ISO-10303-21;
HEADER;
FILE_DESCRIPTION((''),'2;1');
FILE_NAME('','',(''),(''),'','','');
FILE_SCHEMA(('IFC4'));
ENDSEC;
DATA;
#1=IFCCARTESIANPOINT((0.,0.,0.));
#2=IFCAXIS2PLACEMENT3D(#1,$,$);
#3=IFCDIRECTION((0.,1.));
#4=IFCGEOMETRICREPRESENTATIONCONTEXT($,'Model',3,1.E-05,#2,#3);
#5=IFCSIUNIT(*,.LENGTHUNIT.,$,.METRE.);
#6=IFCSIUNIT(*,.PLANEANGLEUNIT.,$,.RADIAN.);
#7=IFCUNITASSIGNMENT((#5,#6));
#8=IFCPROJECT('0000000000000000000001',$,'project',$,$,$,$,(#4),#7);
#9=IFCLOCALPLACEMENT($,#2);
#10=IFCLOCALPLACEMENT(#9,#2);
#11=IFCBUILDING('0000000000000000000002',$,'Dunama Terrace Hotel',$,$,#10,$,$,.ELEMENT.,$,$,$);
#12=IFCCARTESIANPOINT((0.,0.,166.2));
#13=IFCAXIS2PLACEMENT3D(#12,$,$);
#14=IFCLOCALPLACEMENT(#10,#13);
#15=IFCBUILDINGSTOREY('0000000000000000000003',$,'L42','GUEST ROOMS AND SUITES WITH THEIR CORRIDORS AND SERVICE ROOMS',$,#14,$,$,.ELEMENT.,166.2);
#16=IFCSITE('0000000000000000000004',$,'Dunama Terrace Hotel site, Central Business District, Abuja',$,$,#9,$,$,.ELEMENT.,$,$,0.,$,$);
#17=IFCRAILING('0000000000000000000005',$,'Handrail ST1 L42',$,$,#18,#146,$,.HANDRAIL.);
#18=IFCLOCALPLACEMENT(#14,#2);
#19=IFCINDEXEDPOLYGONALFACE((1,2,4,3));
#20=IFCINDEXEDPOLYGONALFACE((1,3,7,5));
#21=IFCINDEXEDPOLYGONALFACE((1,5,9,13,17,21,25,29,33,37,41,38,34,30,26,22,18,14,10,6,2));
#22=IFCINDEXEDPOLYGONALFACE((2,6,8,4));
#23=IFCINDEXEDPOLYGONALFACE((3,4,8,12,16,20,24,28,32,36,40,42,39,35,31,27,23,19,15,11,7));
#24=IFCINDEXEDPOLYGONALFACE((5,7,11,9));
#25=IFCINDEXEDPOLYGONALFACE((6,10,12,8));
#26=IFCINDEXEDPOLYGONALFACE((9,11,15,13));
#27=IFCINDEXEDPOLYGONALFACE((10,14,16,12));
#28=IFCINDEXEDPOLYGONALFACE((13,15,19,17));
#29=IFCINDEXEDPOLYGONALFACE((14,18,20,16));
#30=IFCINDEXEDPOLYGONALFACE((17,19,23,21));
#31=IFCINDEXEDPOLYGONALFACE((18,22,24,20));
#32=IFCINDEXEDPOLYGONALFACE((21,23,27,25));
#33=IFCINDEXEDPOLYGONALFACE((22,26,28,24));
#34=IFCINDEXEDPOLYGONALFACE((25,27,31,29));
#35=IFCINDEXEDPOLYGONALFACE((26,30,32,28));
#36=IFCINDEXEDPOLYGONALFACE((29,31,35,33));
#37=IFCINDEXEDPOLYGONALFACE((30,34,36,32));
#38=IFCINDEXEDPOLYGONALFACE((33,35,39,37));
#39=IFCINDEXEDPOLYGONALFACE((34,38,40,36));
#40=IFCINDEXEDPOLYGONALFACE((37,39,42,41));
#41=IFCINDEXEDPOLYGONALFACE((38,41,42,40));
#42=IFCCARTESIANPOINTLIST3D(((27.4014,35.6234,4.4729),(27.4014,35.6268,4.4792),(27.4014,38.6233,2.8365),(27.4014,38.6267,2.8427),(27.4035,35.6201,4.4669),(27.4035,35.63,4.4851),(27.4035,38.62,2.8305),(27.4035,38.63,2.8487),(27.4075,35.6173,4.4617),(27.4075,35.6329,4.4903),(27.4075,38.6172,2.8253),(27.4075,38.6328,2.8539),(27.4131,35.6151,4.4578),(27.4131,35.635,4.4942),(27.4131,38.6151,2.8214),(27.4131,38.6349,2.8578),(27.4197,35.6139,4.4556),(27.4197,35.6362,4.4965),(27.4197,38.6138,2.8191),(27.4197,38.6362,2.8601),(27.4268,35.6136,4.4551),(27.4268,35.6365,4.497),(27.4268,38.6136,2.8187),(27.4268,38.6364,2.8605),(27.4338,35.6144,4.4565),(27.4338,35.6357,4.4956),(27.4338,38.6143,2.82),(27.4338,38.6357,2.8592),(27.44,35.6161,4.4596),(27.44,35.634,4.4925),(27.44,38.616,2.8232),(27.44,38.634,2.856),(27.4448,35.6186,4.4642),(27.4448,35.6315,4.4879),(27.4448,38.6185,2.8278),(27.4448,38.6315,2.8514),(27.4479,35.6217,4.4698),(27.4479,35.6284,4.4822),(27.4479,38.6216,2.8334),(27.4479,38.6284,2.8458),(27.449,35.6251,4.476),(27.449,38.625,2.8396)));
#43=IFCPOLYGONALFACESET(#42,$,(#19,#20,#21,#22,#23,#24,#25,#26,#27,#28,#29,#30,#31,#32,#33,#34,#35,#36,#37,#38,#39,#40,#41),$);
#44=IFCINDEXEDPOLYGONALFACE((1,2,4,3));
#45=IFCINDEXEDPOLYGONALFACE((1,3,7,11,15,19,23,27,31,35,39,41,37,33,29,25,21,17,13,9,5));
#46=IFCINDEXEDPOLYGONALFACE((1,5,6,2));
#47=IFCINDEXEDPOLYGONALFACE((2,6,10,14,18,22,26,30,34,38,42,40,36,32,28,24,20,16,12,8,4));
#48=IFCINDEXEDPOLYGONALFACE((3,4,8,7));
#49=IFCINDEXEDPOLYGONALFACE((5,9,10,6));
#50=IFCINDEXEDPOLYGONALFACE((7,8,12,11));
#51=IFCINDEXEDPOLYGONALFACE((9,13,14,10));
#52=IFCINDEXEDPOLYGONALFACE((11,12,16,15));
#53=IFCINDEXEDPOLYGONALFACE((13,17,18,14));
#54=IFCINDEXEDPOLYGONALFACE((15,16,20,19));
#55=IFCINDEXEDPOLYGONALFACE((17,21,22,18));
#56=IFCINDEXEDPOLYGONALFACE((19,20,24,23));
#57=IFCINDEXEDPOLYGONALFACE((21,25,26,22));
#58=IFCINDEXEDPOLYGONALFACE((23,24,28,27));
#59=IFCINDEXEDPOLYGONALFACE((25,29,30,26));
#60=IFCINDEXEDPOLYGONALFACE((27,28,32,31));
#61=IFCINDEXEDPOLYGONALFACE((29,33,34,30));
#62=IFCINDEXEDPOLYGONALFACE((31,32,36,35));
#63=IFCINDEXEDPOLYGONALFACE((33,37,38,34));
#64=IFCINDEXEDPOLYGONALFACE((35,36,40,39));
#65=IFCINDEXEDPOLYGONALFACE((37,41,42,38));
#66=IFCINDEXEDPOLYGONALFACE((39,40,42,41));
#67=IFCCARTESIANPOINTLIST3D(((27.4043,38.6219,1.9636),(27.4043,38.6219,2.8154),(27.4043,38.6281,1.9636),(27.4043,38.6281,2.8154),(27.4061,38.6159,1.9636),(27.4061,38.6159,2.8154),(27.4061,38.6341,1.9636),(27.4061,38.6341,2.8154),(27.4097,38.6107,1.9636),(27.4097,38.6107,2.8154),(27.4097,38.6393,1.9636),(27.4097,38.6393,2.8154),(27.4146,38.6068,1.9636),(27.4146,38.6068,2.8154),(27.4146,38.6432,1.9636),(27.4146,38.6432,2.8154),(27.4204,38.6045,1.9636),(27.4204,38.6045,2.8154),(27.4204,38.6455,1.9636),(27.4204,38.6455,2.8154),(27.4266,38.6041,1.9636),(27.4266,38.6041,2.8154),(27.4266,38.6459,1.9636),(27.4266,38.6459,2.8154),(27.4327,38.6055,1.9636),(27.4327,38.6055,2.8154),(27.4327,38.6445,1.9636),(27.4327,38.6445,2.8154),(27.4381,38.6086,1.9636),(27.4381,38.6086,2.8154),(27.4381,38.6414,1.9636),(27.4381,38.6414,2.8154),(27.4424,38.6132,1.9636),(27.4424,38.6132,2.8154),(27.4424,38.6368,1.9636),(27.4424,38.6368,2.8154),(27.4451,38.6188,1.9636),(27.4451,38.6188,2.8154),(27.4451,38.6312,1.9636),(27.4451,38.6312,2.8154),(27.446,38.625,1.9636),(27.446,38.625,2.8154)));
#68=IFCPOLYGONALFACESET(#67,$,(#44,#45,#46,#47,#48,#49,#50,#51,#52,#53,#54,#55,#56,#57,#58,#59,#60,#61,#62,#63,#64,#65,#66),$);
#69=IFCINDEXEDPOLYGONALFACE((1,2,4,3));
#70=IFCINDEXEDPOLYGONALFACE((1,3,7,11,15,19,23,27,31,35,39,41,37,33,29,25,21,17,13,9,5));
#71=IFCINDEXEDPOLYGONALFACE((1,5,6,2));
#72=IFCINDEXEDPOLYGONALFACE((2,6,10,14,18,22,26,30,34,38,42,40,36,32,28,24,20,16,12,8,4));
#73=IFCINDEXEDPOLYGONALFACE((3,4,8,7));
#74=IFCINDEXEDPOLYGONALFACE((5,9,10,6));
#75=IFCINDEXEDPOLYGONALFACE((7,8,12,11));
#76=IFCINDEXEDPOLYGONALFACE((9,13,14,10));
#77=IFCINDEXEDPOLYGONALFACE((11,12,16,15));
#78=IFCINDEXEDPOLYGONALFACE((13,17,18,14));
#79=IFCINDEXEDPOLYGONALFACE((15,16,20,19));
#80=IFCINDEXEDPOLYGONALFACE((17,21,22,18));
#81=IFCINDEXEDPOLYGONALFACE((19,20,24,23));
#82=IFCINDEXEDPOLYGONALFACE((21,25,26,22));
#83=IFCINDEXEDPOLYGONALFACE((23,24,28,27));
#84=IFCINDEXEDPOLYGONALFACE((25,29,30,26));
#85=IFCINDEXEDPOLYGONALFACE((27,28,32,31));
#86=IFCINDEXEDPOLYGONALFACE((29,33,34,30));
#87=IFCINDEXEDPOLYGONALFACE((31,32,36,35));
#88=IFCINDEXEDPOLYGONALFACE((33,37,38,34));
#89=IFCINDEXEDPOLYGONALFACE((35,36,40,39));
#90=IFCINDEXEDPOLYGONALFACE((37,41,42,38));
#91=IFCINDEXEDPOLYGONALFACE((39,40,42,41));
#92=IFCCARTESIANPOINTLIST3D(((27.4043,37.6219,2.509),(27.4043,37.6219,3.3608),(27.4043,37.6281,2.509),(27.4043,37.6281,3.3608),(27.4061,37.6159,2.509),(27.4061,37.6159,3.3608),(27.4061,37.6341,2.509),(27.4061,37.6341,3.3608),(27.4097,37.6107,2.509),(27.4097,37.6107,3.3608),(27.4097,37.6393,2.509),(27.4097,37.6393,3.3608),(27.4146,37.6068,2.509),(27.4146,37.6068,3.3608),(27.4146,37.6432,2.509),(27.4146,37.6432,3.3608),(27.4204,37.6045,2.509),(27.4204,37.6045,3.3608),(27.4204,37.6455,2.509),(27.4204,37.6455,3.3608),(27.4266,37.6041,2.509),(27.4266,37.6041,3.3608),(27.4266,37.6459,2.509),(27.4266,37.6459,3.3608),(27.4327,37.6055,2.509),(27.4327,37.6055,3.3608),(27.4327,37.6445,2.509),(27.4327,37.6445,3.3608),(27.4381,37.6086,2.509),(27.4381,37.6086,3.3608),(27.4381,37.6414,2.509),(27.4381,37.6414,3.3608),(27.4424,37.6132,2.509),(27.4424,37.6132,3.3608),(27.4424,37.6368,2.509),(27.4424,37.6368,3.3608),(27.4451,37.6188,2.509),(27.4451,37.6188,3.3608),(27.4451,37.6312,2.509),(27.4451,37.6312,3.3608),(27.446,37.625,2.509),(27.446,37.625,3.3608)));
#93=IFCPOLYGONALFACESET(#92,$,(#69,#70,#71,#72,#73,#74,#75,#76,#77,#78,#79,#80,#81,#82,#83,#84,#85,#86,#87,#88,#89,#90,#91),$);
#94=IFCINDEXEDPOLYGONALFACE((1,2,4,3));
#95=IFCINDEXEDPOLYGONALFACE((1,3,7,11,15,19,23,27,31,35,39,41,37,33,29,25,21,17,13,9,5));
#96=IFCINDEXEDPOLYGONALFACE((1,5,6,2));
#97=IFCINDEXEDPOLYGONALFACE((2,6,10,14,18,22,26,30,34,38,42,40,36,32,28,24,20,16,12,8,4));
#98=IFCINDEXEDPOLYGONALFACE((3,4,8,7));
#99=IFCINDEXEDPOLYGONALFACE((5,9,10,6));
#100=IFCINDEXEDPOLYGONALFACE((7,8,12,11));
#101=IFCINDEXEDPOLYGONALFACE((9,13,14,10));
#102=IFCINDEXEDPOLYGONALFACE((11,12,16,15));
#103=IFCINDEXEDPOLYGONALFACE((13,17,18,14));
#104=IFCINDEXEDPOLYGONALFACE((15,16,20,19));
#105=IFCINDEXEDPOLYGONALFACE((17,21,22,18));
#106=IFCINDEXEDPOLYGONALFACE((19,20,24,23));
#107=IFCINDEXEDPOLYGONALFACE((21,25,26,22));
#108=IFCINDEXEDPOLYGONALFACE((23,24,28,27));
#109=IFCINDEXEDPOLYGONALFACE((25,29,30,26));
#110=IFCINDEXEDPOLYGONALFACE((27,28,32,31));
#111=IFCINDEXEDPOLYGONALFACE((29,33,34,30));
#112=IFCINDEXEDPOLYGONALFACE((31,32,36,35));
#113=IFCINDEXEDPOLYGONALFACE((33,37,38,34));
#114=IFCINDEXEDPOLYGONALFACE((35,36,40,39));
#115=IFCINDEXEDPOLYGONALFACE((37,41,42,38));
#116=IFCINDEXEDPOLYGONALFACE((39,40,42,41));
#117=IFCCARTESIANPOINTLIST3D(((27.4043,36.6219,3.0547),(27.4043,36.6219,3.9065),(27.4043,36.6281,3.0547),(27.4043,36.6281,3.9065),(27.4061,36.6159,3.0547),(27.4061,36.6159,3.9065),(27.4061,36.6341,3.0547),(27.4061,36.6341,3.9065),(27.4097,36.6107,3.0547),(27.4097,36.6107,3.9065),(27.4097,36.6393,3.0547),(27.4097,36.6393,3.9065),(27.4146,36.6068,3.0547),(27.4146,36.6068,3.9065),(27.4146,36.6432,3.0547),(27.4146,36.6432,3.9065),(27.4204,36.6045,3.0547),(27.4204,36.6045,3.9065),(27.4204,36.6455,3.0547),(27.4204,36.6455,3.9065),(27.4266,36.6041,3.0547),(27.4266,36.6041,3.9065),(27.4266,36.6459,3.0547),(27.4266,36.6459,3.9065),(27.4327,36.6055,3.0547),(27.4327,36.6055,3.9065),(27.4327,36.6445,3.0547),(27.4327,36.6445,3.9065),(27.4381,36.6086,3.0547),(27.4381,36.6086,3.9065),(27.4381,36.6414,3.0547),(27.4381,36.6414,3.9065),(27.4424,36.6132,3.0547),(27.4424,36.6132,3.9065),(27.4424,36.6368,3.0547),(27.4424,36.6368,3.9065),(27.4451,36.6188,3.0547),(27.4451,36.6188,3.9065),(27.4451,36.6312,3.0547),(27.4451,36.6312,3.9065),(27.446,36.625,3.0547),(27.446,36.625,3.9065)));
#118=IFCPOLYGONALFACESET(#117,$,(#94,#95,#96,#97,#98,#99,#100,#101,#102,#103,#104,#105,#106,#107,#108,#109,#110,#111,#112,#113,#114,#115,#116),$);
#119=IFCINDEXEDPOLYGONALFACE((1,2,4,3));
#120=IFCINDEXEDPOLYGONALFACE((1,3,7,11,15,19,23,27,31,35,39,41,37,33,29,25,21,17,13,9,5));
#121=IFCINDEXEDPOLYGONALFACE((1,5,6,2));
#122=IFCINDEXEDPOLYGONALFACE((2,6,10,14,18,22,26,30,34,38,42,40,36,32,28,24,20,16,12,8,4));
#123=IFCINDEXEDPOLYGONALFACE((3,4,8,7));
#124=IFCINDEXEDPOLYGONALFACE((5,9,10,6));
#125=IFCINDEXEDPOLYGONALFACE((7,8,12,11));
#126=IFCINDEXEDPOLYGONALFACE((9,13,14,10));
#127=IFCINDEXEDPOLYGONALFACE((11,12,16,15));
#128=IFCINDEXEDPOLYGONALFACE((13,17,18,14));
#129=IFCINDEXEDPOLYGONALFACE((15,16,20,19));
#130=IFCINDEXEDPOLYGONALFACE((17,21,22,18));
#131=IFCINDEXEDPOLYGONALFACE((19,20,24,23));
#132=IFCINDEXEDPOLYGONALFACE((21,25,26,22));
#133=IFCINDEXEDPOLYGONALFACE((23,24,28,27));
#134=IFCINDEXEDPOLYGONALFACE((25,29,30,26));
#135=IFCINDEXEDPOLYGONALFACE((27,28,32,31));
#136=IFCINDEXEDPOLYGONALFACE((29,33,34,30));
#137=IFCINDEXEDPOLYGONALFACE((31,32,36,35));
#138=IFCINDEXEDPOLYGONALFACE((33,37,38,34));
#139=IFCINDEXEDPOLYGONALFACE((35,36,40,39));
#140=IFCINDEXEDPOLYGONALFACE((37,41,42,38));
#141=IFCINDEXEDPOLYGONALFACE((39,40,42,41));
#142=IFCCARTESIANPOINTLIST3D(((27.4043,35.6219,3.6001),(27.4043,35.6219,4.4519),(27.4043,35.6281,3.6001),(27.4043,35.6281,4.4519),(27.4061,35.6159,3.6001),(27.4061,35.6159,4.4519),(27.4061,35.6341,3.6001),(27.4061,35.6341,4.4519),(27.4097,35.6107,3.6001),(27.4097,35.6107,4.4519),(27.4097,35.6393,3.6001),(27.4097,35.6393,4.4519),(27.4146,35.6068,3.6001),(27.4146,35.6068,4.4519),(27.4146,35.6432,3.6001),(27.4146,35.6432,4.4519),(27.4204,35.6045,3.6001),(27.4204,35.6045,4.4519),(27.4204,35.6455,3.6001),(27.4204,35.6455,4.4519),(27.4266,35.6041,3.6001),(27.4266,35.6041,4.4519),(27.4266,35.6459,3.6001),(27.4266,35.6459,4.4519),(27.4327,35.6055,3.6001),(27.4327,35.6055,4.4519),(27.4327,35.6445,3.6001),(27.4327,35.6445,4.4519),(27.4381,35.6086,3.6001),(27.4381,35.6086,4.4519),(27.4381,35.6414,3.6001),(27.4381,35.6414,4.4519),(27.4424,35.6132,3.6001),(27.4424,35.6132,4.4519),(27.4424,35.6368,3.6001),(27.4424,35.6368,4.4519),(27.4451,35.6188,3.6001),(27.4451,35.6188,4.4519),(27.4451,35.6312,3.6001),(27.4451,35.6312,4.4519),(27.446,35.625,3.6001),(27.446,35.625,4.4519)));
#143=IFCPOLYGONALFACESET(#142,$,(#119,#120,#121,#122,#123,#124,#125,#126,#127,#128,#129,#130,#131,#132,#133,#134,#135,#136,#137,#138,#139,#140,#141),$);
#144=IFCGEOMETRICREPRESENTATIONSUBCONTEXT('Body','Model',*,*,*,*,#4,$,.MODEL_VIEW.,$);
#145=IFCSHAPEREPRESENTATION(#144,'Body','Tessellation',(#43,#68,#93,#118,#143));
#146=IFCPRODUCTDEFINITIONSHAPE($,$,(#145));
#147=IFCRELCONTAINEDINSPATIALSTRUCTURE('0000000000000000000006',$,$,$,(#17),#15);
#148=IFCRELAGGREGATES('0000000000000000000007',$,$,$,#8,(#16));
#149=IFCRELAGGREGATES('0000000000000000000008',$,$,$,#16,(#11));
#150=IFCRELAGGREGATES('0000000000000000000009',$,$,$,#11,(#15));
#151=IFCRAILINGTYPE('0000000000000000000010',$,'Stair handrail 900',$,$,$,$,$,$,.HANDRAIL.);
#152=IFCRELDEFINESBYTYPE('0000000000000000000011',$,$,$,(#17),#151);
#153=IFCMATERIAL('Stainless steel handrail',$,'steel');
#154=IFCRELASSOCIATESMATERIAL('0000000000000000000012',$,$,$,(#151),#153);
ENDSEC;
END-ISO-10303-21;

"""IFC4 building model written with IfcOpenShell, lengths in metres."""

from ifc_helpers import new_model, si_unit, direction, frame, origin, origin_2d, place, context, subcontext, project, spatial, circle, extrude, material, type_object, element, save


model = new_model("IFC4")

# Units and contexts
model_context = context("Model", 3, precision=1e-05, world=origin(), true_north=direction((0.0, 1.0)))
body_context = subcontext(model_context, "Body", "Model", "MODEL_VIEW")
ifc_project = project(units=[si_unit("LENGTHUNIT", "METRE"), si_unit("PLANEANGLEUNIT", "RADIAN")], contexts=[model_context])

# Site, building, storey
site_placement = place(None, origin())
site = spatial("IfcSite", under=ifc_project, at=site_placement, Name="Dunama Terrace Hotel site, Central Business District, Abuja", CompositionType="ELEMENT", RefElevation=0.0)
building_placement = place(site_placement, origin())
building = spatial("IfcBuilding", under=site, at=building_placement, Name="Dunama Terrace Hotel", CompositionType="ELEMENT")
storey_placement = place(building_placement, frame((0.0, 0.0, 166.2)))
storey = spatial("IfcBuildingStorey", under=building, at=storey_placement, Name="L42", Description="GUEST ROOMS AND SUITES WITH THEIR CORRIDORS AND SERVICE ROOMS", CompositionType="ELEMENT", Elevation=166.2)

# Railing
ifc_material_1 = material(Name="Stainless steel handrail", Category="steel")
railing_type = type_object("IfcRailingType", Name="Stair handrail 900", PredefinedType="HANDRAIL", material=ifc_material_1)
railing_placement = place(storey_placement, frame((27.425, 38.625, 1.9636)))
element("IfcRailing", 1, at=railing_placement, inside=storey, type_object=railing_type, Name="Handrail ST1 L42", PredefinedType="HANDRAIL", context=body_context, shape_type="SweptSolid", body=[
    extrude(circle(Radius=0.0239, at=origin_2d()), frame((0.0, 0.0, 0.876), z_axis=(0.0, -0.877882, 0.478877), x_axis=(1.0, 0.0, 0.0)), (0.0, 0.0, 1.0), 3.4172),
    extrude(circle(Radius=0.021, at=origin_2d()), origin(), (0.0, 0.0, 1.0), 0.8518),
    extrude(circle(Radius=0.021, at=origin_2d()), frame((0.0, -1.0, 0.5454)), (0.0, 0.0, 1.0), 0.8518),
    extrude(circle(Radius=0.021, at=origin_2d()), frame((0.0, -2.0, 1.0911)), (0.0, 0.0, 1.0), 0.8518),
    extrude(circle(Radius=0.021, at=origin_2d()), frame((0.0, -3.0, 1.6365)), (0.0, 0.0, 1.0), 0.8518),
])

save(model, "model.ifc")
